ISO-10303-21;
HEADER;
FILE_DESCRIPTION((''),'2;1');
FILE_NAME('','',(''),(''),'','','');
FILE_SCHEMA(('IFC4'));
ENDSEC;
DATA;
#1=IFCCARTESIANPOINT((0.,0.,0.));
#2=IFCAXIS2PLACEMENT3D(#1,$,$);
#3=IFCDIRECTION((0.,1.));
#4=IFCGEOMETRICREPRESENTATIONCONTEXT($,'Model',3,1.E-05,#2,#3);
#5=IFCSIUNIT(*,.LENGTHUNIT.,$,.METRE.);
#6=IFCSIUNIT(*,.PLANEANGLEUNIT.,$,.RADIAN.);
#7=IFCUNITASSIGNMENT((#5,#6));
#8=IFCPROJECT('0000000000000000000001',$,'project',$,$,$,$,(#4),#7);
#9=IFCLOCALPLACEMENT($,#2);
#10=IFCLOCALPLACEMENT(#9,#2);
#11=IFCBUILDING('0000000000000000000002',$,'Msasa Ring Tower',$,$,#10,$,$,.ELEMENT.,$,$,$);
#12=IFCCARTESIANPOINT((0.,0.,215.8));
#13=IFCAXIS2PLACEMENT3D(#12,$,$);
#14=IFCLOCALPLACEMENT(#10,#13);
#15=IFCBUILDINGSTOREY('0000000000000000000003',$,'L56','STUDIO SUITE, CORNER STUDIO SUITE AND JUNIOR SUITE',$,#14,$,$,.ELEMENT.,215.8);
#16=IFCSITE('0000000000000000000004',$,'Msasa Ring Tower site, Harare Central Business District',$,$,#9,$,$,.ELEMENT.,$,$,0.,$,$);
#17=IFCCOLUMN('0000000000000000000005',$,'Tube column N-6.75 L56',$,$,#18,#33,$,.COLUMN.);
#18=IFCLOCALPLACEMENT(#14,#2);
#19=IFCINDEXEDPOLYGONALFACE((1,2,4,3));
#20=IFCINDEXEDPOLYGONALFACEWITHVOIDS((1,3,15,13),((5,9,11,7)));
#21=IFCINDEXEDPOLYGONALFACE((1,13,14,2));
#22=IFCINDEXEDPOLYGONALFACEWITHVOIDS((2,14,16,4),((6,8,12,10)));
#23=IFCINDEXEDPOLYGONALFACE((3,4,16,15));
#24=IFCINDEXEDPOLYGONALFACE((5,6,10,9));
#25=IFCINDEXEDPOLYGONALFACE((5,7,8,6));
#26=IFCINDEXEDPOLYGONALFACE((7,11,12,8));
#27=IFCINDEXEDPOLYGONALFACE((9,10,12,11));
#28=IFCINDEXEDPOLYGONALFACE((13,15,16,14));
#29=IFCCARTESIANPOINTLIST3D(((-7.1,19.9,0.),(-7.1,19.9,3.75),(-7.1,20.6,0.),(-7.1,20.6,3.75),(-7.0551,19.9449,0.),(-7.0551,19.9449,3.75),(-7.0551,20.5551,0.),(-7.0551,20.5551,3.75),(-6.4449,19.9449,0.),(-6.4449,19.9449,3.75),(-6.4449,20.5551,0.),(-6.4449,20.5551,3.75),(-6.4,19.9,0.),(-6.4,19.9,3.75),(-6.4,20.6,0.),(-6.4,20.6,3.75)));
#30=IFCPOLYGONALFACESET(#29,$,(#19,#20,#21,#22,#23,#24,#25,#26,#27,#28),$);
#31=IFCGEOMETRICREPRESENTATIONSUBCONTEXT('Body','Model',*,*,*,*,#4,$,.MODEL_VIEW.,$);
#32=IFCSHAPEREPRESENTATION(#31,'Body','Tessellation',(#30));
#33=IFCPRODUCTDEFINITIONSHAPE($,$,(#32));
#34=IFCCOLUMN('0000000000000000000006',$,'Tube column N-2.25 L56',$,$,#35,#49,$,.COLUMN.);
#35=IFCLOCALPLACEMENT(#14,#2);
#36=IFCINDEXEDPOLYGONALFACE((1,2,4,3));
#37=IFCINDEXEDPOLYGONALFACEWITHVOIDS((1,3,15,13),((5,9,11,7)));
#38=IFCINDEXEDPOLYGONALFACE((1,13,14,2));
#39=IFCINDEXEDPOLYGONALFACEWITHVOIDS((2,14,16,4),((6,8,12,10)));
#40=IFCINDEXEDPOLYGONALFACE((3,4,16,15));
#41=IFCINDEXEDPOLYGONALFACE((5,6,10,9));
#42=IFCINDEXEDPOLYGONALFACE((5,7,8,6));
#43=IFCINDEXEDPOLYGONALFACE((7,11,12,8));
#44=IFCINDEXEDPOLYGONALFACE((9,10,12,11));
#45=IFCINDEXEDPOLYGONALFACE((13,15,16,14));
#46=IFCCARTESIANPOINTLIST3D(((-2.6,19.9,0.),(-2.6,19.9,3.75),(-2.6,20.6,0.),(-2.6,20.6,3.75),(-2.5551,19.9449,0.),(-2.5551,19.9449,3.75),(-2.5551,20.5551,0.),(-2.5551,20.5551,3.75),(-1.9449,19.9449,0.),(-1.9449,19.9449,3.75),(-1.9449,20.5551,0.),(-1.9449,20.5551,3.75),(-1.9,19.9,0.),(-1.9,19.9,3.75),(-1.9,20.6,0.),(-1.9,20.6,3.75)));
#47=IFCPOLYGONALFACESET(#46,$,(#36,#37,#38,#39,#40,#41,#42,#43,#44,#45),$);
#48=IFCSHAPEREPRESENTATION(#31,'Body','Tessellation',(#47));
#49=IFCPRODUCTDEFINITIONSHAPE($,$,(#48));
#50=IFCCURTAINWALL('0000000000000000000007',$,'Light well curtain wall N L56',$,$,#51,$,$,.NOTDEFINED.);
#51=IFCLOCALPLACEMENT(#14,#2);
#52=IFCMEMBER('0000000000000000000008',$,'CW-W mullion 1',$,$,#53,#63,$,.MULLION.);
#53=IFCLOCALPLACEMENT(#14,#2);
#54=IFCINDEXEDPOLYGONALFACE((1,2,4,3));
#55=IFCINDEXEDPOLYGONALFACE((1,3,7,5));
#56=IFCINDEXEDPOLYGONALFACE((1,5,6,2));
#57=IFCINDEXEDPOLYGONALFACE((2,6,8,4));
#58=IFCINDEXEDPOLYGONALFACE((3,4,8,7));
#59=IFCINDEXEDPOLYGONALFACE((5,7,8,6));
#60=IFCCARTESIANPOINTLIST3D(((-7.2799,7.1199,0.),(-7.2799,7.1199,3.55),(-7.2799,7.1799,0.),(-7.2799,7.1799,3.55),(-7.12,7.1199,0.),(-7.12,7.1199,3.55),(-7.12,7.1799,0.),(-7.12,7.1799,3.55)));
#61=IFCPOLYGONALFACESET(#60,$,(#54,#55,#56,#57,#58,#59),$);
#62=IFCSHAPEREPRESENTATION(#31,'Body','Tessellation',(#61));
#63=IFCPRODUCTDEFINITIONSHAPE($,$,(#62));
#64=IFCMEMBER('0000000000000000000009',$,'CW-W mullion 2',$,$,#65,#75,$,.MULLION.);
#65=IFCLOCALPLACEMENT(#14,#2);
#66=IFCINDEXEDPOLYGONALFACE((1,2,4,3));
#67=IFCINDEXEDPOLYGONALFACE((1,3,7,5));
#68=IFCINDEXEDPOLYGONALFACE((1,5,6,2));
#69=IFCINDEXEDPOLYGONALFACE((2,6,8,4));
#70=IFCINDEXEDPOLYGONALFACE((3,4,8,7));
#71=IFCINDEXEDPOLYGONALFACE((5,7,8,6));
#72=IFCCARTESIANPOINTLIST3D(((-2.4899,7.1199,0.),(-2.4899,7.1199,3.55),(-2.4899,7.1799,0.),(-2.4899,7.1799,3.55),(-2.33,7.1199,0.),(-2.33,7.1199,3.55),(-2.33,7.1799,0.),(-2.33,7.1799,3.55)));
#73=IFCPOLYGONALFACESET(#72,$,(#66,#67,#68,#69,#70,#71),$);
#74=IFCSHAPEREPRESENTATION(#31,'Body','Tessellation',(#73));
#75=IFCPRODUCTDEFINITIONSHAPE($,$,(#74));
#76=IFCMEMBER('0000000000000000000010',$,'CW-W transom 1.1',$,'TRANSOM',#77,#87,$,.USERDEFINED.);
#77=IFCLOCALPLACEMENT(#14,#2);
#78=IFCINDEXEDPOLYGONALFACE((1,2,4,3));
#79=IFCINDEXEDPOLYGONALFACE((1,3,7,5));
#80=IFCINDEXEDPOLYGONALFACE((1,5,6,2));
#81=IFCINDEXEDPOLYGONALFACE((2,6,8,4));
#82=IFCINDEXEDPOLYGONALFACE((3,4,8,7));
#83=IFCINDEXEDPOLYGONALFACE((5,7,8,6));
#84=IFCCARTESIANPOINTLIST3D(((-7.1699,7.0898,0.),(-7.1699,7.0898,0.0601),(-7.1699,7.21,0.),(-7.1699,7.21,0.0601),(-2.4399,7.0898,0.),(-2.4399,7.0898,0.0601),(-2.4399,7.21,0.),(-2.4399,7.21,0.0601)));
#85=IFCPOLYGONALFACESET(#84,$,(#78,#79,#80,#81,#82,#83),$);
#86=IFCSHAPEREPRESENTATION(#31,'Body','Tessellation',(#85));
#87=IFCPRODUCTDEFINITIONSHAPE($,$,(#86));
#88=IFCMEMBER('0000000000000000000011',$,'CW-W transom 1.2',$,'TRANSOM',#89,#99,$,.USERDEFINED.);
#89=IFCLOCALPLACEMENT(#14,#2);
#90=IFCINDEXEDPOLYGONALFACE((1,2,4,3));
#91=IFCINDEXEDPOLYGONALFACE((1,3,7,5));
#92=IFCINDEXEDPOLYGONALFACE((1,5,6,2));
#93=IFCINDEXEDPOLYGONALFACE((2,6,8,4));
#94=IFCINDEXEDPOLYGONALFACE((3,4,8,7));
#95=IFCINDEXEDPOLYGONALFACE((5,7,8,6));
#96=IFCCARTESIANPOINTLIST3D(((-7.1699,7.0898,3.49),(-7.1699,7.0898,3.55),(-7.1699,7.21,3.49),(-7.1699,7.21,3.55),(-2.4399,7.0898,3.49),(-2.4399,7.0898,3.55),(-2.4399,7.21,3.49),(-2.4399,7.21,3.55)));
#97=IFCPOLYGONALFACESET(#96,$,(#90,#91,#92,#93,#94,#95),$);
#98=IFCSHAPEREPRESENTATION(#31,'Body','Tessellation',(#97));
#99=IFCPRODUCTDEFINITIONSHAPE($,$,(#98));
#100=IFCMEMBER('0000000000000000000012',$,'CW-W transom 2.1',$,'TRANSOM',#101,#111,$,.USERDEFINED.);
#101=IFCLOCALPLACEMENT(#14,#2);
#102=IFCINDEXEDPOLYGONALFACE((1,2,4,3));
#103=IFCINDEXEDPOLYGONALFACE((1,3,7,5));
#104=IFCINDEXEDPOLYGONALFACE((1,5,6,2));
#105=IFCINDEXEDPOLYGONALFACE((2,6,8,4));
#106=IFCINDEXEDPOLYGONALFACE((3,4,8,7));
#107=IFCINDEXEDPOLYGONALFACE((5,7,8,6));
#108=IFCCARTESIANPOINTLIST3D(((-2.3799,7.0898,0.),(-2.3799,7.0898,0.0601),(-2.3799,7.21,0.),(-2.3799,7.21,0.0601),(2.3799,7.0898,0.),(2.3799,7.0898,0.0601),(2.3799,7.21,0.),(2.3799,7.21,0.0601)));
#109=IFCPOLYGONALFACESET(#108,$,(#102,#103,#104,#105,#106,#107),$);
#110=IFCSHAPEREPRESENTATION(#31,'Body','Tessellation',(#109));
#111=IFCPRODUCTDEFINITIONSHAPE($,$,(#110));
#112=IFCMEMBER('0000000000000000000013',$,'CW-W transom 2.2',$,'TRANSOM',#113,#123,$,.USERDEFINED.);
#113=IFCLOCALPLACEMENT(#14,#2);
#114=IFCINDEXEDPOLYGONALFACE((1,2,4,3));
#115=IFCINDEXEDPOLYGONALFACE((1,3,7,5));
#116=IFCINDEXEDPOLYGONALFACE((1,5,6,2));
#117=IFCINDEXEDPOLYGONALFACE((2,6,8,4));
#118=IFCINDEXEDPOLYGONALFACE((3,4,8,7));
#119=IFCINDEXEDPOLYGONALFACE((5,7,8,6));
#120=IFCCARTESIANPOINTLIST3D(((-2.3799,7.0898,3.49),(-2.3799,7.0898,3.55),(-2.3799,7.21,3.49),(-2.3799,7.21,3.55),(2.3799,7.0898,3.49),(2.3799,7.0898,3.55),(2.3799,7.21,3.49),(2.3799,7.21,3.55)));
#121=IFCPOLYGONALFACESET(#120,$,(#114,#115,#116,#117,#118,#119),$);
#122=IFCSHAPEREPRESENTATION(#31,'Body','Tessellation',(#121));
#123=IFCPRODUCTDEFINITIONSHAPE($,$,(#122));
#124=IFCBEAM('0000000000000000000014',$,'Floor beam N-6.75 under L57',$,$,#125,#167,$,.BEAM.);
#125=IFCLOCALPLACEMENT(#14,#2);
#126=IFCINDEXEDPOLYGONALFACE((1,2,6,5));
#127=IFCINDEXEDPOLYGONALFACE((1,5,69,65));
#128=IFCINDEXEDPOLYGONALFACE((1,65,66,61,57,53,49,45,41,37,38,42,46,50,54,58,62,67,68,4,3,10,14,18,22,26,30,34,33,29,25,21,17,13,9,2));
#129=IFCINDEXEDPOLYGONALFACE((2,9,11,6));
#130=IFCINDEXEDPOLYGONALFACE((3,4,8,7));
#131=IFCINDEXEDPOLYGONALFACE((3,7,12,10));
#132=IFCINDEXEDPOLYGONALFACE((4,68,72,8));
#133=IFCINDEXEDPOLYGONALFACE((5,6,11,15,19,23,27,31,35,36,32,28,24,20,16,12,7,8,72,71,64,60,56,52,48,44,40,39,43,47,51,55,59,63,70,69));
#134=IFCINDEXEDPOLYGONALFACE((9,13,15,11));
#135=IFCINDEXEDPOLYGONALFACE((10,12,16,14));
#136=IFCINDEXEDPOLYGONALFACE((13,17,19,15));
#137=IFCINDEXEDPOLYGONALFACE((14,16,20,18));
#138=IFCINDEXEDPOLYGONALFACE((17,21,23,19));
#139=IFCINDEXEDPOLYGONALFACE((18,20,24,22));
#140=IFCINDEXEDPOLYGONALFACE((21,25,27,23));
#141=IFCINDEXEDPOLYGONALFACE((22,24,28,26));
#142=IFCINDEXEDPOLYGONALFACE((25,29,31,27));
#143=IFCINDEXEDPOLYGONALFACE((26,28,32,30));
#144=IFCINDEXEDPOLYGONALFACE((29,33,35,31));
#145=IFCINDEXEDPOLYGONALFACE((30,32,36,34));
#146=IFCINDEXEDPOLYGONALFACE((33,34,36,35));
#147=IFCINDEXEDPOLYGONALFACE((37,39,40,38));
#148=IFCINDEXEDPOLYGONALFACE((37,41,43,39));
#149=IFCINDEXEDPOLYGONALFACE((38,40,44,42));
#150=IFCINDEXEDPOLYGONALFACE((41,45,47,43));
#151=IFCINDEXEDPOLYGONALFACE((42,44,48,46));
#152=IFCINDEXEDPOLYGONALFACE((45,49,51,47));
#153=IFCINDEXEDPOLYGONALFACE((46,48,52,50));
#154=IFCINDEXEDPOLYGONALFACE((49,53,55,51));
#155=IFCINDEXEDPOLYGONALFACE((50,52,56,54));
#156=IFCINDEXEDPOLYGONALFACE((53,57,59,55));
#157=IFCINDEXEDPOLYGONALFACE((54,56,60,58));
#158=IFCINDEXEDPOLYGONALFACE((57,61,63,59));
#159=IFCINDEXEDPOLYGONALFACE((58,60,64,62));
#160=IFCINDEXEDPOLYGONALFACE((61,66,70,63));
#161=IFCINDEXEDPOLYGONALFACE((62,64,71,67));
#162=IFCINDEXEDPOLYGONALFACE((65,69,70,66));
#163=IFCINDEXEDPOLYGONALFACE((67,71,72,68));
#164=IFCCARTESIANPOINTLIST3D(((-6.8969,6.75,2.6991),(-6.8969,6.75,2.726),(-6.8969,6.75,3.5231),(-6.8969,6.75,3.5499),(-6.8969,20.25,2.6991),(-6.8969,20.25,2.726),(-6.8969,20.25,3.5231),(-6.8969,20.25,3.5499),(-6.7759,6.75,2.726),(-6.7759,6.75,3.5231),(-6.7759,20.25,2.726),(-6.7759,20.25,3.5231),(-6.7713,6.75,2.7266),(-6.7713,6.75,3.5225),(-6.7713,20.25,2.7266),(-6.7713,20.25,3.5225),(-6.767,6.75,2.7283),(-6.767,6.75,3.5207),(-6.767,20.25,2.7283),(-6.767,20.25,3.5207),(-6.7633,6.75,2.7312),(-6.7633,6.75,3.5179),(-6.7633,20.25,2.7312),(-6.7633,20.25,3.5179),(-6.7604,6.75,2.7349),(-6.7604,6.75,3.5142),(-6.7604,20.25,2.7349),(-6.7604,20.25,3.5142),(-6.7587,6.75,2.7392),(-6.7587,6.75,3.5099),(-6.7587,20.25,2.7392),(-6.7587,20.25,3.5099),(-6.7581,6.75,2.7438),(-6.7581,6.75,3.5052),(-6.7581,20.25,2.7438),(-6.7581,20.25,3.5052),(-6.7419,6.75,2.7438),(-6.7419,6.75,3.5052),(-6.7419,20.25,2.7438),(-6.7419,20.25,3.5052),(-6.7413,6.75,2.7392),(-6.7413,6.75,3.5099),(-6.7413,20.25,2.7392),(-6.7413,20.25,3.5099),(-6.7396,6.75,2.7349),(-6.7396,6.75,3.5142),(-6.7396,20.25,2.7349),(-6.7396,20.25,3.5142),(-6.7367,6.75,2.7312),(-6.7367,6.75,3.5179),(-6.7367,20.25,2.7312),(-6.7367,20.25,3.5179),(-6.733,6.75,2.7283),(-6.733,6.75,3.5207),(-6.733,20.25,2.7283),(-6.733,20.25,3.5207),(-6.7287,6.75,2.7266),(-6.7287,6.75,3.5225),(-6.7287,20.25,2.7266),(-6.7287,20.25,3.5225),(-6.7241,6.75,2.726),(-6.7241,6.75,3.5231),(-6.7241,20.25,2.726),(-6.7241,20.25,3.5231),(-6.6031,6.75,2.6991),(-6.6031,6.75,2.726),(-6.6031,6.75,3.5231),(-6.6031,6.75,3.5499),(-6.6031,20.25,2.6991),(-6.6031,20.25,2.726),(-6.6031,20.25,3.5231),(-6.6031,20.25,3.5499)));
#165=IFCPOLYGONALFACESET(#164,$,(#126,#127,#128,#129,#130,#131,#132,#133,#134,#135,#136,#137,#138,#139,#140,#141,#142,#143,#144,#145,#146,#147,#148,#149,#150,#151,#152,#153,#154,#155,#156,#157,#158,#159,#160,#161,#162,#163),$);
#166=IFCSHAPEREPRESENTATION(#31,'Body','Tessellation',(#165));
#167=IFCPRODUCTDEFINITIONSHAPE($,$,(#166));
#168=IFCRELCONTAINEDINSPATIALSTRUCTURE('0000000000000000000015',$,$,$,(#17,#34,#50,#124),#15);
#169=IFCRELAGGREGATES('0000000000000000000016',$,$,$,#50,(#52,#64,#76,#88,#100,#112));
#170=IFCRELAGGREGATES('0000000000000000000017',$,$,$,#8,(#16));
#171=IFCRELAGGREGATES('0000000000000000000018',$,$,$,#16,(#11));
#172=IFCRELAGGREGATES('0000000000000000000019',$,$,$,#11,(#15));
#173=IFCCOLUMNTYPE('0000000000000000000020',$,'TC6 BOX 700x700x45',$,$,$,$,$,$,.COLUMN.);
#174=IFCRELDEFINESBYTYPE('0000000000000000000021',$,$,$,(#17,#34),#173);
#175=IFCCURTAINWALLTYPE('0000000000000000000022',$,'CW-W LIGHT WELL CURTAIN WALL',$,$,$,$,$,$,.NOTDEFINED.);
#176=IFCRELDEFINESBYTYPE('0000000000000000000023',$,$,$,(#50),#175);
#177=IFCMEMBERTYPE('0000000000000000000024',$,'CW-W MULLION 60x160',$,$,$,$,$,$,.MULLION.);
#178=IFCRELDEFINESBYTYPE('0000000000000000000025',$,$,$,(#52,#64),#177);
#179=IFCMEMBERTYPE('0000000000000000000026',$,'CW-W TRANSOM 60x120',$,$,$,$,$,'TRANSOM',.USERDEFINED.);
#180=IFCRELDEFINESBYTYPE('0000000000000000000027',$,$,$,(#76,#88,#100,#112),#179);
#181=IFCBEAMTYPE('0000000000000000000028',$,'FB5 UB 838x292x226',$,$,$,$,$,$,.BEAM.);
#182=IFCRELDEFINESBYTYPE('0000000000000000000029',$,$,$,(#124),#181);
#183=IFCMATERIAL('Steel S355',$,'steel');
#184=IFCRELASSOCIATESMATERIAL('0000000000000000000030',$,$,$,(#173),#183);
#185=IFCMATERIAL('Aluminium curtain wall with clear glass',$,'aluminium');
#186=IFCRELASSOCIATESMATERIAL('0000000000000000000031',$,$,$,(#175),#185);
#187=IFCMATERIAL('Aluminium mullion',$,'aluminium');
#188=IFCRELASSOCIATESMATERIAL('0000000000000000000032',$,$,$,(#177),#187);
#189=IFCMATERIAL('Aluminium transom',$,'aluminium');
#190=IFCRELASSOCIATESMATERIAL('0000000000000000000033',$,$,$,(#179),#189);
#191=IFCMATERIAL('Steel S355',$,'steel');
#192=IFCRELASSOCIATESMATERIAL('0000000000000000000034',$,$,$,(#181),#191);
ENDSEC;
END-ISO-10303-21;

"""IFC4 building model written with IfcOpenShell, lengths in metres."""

from ifc_helpers import new_model, si_unit, direction, frame, origin, origin_2d, place, context, subcontext, project, spatial, rectangle, hollow_rectangle, i_section, extrude, material, material_profile, profile_set, type_object, element, aggregate, save


model = new_model("IFC4")

# Units and contexts
model_context = context("Model", 3, precision=1e-05, world=origin(), true_north=direction((0.0, 1.0)))
body_context = subcontext(model_context, "Body", "Model", "MODEL_VIEW")
ifc_project = project(units=[si_unit("LENGTHUNIT", "METRE"), si_unit("PLANEANGLEUNIT", "RADIAN")], contexts=[model_context])

# Site, building, storey
site_placement = place(None, origin())
site = spatial("IfcSite", under=ifc_project, at=site_placement, Name="Msasa Ring Tower site, Harare Central Business District", CompositionType="ELEMENT", RefElevation=0.0)
building_placement = place(site_placement, origin())
building = spatial("IfcBuilding", under=site, at=building_placement, Name="Msasa Ring Tower", CompositionType="ELEMENT")
storey_placement = place(building_placement, frame((0.0, 0.0, 215.8)))
storey = spatial("IfcBuildingStorey", under=building, at=storey_placement, Name="L56", Description="STUDIO SUITE, CORNER STUDIO SUITE AND JUNIOR SUITE", CompositionType="ELEMENT", Elevation=215.8)

# Columns
ifc_material_1 = material(Name="Steel S355", Category="steel")
ifc_material_profile_1 = material_profile(ifc_material_1, hollow_rectangle(XDim=0.7, YDim=0.7, WallThickness=0.0449, at=origin_2d()), Name="BOX 700x700x45")
ifc_profile_set_1 = profile_set([ifc_material_profile_1], Name="Steel S355")
column_type = type_object("IfcColumnType", Name="TC6 BOX 700x700x45", PredefinedType="COLUMN", material=ifc_profile_set_1)
for number, where, z_axis, x_axis, name in (
    (1, (-6.75, 20.25, 0.0), (0.0, 0.0, 1.0), (0.0, 1.0, 0.0), "Tube column N-6.75 L56"),
    (2, (-2.25, 20.25, 0.0), (0.0, 0.0, 1.0), (0.0, 1.0, 0.0), "Tube column N-2.25 L56"),
):
    element("IfcColumn", number, at=place(storey_placement, frame(where, z_axis=z_axis, x_axis=x_axis)), inside=storey, type_object=column_type, Name=name, PredefinedType="COLUMN", context=body_context, shape_type="SweptSolid", body=[
        extrude(hollow_rectangle(XDim=0.7, YDim=0.7, WallThickness=0.0449, at=origin_2d()), origin(), (0.0, 0.0, 1.0), 3.75),
    ])

# Curtain wall, members
ifc_material_2 = material(Name="Aluminium curtain wall with clear glass", Category="aluminium")
curtain_wall_type = type_object("IfcCurtainWallType", Name="CW-W LIGHT WELL CURTAIN WALL", PredefinedType="NOTDEFINED", material=ifc_material_2)
curtain_wall_placement = place(storey_placement, origin())
curtain_wall = element("IfcCurtainWall", 3, at=curtain_wall_placement, inside=storey, type_object=curtain_wall_type, Name="Light well curtain wall N L56", PredefinedType="NOTDEFINED")
ifc_material_3 = material(Name="Aluminium mullion", Category="aluminium")
ifc_material_profile_2 = material_profile(ifc_material_3, rectangle(XDim=0.0601, YDim=0.1599, at=origin_2d()), Name="AL 60x160")
ifc_profile_set_2 = profile_set([ifc_material_profile_2], Name="Aluminium mullion")
member_type_1 = type_object("IfcMemberType", Name="CW-W MULLION 60x160", PredefinedType="MULLION", material=ifc_profile_set_2)
member_1_placement = place(storey_placement, frame((-7.2, 7.1499, 0.0), z_axis=(0.0, 0.0, 1.0), x_axis=(0.0, 1.0, 0.0)))
member_1 = element("IfcMember", 4, at=member_1_placement, type_object=member_type_1, Name="CW-W mullion 1", PredefinedType="MULLION", context=body_context, shape_type="SweptSolid", body=[
    extrude(rectangle(XDim=0.0601, YDim=0.1599, at=origin_2d()), origin(), (0.0, 0.0, 1.0), 3.55),
])
member_2_placement = place(storey_placement, frame((-2.4099, 7.1499, 0.0), z_axis=(0.0, 0.0, 1.0), x_axis=(0.0, 1.0, 0.0)))
member_2 = element("IfcMember", 5, at=member_2_placement, type_object=member_type_1, Name="CW-W mullion 2", PredefinedType="MULLION", context=body_context, shape_type="SweptSolid", body=[
    extrude(rectangle(XDim=0.0601, YDim=0.1599, at=origin_2d()), origin(), (0.0, 0.0, 1.0), 3.55),
])
ifc_material_4 = material(Name="Aluminium transom", Category="aluminium")
ifc_material_profile_3 = material_profile(ifc_material_4, rectangle(XDim=0.1201, YDim=0.0601, at=origin_2d()), Name="AL 60x120")
ifc_profile_set_3 = profile_set([ifc_material_profile_3], Name="Aluminium transom")
member_type_2 = type_object("IfcMemberType", Name="CW-W TRANSOM 60x120", ElementType="TRANSOM", PredefinedType="USERDEFINED", material=ifc_profile_set_3)
member_3_placement = place(storey_placement, frame((-7.1699, 7.1499, 0.03), z_axis=(1.0, 0.0, 0.0), x_axis=(0.0, 1.0, 0.0)))
member_3 = element("IfcMember", 6, at=member_3_placement, type_object=member_type_2, Name="CW-W transom 1.1", ObjectType="TRANSOM", PredefinedType="USERDEFINED", context=body_context, shape_type="SweptSolid", body=[
    extrude(rectangle(XDim=0.1201, YDim=0.0601, at=origin_2d()), origin(), (0.0, 0.0, 1.0), 4.73),
])
member_4_placement = place(storey_placement, frame((-7.1699, 7.1499, 3.52), z_axis=(1.0, 0.0, 0.0), x_axis=(0.0, 1.0, 0.0)))
member_4 = element("IfcMember", 7, at=member_4_placement, type_object=member_type_2, Name="CW-W transom 1.2", ObjectType="TRANSOM", PredefinedType="USERDEFINED", context=body_context, shape_type="SweptSolid", body=[
    extrude(rectangle(XDim=0.1201, YDim=0.0601, at=origin_2d()), origin(), (0.0, 0.0, 1.0), 4.73),
])
member_5_placement = place(storey_placement, frame((-2.3799, 7.1499, 0.03), z_axis=(1.0, 0.0, 0.0), x_axis=(0.0, 1.0, 0.0)))
member_5 = element("IfcMember", 8, at=member_5_placement, type_object=member_type_2, Name="CW-W transom 2.1", ObjectType="TRANSOM", PredefinedType="USERDEFINED", context=body_context, shape_type="SweptSolid", body=[
    extrude(rectangle(XDim=0.1201, YDim=0.0601, at=origin_2d()), origin(), (0.0, 0.0, 1.0), 4.7598),
])
member_6_placement = place(storey_placement, frame((-2.3799, 7.1499, 3.52), z_axis=(1.0, 0.0, 0.0), x_axis=(0.0, 1.0, 0.0)))
member_6 = element("IfcMember", 9, at=member_6_placement, type_object=member_type_2, Name="CW-W transom 2.2", ObjectType="TRANSOM", PredefinedType="USERDEFINED", context=body_context, shape_type="SweptSolid", body=[
    extrude(rectangle(XDim=0.1201, YDim=0.0601, at=origin_2d()), origin(), (0.0, 0.0, 1.0), 4.7598),
])

# Beam
ifc_material_5 = material(Name="Steel S355", Category="steel")
ifc_material_profile_4 = material_profile(ifc_material_5, i_section(OverallWidth=0.2937, OverallDepth=0.8508, WebThickness=0.0161, FlangeThickness=0.0269, FilletRadius=0.0178, at=origin_2d()), Name="UB 838x292x226")
ifc_profile_set_4 = profile_set([ifc_material_profile_4], Name="Steel S355")
beam_type_1 = type_object("IfcBeamType", Name="FB5 UB 838x292x226", PredefinedType="BEAM", material=ifc_profile_set_4)
for number, where, z_axis, x_axis, name in (
    (10, (-6.75, 20.25, 3.1245), (0.0, -1.0, 0.0), (1.0, 0.0, 0.0), "Floor beam N-6.75 under L57"),
):
    element("IfcBeam", number, at=place(storey_placement, frame(where, z_axis=z_axis, x_axis=x_axis)), inside=storey, type_object=beam_type_1, Name=name, PredefinedType="BEAM", context=body_context, shape_type="SweptSolid", body=[
        extrude(i_section(OverallWidth=0.2937, OverallDepth=0.8508, WebThickness=0.0161, FlangeThickness=0.0269, FilletRadius=0.0178, at=origin_2d()), origin(), (0.0, 0.0, 1.0), 13.5),
    ])

aggregate(curtain_wall, [member_1, member_2, member_3, member_4, member_5, member_6])

save(model, "model.ifc")
